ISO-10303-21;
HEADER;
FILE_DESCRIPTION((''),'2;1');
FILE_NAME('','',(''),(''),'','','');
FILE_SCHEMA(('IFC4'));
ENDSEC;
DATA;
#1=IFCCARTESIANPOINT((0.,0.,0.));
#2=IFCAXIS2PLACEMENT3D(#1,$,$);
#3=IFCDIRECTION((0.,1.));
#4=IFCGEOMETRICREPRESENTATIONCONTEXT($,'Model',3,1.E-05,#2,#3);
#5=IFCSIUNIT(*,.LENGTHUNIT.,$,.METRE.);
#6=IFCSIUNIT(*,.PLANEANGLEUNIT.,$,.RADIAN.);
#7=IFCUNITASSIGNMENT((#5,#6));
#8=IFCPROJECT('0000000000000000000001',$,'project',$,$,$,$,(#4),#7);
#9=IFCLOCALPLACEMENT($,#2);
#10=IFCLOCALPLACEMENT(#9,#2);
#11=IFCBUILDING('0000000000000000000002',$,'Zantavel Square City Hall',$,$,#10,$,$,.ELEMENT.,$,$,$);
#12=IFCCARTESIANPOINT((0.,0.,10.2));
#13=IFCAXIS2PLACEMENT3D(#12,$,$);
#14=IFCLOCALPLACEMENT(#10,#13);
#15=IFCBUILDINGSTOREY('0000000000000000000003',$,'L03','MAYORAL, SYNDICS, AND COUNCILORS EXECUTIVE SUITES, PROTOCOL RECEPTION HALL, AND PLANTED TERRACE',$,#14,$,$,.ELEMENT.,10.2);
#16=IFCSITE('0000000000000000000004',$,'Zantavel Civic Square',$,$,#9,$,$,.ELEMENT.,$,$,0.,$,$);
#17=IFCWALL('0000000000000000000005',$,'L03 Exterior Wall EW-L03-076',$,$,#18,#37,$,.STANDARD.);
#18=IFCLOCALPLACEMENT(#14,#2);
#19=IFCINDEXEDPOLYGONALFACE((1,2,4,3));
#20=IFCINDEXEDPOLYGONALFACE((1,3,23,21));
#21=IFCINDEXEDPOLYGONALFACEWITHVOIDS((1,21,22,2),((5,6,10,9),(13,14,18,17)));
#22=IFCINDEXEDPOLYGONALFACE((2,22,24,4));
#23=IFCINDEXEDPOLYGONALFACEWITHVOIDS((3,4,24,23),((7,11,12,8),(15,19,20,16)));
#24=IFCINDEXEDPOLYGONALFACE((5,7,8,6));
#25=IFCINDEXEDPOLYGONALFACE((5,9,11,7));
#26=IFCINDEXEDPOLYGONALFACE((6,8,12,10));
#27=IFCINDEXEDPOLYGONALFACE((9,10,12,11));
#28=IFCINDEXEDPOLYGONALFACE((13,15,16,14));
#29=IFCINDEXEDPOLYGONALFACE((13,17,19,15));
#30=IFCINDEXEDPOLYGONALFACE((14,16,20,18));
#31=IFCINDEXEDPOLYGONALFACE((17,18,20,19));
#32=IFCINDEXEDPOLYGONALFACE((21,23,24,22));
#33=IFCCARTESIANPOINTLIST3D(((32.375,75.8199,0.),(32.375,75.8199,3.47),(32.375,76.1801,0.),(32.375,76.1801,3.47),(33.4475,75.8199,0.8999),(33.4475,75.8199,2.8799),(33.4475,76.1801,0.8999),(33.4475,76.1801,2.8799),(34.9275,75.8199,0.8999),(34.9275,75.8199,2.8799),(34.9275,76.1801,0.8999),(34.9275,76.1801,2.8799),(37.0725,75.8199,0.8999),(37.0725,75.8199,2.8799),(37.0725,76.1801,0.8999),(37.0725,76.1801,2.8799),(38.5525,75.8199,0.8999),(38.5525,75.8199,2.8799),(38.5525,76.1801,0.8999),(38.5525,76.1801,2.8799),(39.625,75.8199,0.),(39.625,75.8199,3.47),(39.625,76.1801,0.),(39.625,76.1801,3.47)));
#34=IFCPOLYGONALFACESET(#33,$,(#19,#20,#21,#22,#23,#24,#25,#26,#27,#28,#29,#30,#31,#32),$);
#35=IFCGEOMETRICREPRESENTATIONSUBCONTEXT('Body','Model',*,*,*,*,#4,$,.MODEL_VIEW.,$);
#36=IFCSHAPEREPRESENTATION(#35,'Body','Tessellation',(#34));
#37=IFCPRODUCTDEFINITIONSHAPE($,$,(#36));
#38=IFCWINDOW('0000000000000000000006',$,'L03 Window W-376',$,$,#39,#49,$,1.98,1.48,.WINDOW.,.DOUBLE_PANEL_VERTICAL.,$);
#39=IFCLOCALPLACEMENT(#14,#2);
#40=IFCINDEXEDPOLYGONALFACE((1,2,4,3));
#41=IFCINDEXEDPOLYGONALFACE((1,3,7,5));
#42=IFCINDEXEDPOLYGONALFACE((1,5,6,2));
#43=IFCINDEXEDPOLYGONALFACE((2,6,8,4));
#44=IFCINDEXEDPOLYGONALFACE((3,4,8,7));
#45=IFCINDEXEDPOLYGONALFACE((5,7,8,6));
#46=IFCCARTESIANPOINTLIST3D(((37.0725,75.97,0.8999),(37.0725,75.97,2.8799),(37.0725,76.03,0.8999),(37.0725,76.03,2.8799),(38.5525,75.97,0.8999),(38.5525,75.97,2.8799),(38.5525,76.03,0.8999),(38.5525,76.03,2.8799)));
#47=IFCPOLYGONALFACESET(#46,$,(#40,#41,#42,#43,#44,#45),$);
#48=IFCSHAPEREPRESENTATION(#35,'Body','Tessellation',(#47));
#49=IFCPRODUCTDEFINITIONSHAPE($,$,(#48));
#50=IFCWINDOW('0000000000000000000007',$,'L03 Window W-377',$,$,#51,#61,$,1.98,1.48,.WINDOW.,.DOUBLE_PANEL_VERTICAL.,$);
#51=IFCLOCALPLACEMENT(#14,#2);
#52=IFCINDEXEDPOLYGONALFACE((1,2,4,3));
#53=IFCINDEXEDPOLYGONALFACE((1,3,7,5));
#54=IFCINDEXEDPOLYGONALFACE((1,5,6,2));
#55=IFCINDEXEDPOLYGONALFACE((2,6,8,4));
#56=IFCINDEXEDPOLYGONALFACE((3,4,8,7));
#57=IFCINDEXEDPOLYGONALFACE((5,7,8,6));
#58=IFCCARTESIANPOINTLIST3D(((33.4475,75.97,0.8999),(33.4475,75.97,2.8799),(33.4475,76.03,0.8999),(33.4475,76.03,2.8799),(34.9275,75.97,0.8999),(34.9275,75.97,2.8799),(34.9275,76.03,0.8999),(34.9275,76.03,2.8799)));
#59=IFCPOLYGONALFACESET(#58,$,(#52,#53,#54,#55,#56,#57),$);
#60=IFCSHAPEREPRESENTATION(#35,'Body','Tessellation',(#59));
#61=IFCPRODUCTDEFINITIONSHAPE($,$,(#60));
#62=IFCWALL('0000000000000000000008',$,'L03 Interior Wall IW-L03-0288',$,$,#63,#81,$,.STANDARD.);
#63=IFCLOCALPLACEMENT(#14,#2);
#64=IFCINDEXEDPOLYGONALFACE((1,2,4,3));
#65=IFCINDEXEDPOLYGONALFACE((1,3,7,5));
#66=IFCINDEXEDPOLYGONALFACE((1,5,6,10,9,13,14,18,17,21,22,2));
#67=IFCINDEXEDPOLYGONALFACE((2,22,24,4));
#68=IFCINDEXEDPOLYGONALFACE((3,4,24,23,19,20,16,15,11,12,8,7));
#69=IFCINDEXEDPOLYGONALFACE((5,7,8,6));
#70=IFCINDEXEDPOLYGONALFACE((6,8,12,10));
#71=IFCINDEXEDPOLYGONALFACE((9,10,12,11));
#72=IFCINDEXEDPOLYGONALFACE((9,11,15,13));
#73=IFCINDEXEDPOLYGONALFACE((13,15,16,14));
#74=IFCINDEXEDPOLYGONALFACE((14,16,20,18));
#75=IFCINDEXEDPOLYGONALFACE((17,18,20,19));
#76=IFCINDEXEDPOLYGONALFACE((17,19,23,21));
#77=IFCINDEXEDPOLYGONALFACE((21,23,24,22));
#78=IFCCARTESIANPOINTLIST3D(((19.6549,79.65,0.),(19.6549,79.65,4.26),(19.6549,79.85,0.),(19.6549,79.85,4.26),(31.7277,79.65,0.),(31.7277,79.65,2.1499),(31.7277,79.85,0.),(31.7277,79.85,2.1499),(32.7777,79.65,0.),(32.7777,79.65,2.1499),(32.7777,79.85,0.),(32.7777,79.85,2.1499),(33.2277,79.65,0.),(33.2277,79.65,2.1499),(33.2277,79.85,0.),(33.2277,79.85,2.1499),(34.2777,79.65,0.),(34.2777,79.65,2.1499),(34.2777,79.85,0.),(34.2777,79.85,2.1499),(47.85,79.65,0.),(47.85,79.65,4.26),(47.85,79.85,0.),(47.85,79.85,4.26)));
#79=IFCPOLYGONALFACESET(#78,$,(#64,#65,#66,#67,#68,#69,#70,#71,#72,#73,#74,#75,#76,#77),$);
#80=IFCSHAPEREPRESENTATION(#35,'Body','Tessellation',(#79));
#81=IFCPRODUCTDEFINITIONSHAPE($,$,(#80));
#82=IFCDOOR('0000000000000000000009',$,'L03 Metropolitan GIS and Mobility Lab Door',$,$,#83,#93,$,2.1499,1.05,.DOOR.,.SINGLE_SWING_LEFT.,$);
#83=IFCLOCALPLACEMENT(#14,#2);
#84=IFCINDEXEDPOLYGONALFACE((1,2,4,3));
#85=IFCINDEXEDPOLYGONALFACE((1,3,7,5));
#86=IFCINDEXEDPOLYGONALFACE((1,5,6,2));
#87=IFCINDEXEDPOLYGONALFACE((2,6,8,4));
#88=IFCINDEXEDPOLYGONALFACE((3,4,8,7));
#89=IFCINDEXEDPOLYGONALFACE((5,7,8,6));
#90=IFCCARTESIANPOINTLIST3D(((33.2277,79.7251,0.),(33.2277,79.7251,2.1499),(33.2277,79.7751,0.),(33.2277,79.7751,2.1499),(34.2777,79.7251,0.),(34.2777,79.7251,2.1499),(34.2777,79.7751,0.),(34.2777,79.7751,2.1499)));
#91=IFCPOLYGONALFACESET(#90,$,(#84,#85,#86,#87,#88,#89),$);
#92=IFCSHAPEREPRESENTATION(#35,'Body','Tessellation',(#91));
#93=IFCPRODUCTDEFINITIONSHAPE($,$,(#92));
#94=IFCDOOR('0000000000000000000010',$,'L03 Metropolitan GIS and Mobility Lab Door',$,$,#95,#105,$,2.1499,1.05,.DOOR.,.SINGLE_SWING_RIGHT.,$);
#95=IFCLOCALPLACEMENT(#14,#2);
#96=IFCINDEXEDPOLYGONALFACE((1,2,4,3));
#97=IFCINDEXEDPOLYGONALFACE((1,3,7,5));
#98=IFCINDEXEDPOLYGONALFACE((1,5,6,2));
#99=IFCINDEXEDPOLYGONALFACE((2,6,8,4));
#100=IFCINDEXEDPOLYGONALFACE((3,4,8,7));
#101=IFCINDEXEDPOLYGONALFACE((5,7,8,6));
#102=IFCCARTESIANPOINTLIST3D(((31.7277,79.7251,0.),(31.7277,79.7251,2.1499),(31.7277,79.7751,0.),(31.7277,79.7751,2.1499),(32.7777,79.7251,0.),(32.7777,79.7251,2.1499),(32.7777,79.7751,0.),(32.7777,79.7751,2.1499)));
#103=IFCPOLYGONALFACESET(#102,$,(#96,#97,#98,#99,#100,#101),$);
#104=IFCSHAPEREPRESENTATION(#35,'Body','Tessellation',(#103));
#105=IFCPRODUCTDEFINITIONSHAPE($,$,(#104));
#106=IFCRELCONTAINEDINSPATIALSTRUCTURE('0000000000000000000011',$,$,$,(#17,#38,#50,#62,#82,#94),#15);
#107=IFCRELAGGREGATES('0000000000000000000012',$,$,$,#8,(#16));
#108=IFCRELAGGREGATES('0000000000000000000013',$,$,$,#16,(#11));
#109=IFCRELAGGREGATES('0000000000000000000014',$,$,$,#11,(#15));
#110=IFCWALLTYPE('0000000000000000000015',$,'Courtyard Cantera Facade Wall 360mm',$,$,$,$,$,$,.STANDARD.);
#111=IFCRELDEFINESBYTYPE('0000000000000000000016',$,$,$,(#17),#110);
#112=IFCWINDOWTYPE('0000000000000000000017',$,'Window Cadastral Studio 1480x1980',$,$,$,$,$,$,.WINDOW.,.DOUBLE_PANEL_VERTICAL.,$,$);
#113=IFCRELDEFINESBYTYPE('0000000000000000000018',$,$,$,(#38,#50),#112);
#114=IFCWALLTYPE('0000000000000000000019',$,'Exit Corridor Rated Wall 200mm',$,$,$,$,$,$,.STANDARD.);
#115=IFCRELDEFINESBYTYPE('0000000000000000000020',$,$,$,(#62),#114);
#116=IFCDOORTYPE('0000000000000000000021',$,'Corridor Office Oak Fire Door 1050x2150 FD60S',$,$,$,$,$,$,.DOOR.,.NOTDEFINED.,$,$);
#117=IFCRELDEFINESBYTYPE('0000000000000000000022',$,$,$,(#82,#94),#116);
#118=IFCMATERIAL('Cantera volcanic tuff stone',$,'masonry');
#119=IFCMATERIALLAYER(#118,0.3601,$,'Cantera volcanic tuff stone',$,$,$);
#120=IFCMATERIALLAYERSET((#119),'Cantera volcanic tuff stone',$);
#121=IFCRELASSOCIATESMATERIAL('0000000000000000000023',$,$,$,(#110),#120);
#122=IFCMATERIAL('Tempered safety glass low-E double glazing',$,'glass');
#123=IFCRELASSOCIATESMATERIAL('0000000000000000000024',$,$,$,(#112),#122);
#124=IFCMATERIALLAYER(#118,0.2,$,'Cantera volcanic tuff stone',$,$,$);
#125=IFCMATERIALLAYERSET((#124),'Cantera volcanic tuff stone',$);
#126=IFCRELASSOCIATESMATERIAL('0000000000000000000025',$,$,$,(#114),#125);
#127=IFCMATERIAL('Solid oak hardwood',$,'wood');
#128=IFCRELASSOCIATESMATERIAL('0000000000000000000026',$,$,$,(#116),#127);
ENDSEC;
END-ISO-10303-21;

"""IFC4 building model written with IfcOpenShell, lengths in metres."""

from ifc_helpers import new_model, si_unit, direction, frame, frame_2d, origin, place, context, subcontext, project, spatial, rectangle, extrude, material, layer, layer_set, type_object, element, fill, save


model = new_model("IFC4")

# Units and contexts
model_context = context("Model", 3, precision=1e-05, world=origin(), true_north=direction((0.0, 1.0)))
body_context = subcontext(model_context, "Body", "Model", "MODEL_VIEW")
ifc_project = project(units=[si_unit("LENGTHUNIT", "METRE"), si_unit("PLANEANGLEUNIT", "RADIAN")], contexts=[model_context])

# Site, building, storey
site_placement = place(None, origin())
site = spatial("IfcSite", under=ifc_project, at=site_placement, Name="Zantavel Civic Square", CompositionType="ELEMENT", RefElevation=0.0)
building_placement = place(site_placement, origin())
building = spatial("IfcBuilding", under=site, at=building_placement, Name="Zantavel Square City Hall", CompositionType="ELEMENT")
storey_placement = place(building_placement, frame((0.0, 0.0, 10.2)))
storey = spatial("IfcBuildingStorey", under=building, at=storey_placement, Name="L03", Description="MAYORAL, SYNDICS, AND COUNCILORS EXECUTIVE SUITES, PROTOCOL RECEPTION HALL, AND PLANTED TERRACE", CompositionType="ELEMENT", Elevation=10.2)

# Wall, openings, windows
ifc_material_1 = material(Name="Cantera volcanic tuff stone", Category="masonry")
ifc_layer_1 = layer(ifc_material_1, 0.3601, Name="Cantera volcanic tuff stone")
ifc_layer_set_1 = layer_set([ifc_layer_1], Name="Cantera volcanic tuff stone")
wall_type_1 = type_object("IfcWallType", Name="Courtyard Cantera Facade Wall 360mm", PredefinedType="STANDARD", material=ifc_layer_set_1)
ifc_material_2 = material(Name="Tempered safety glass low-E double glazing", Category="glass")
window_type = type_object("IfcWindowType", Name="Window Cadastral Studio 1480x1980", PartitioningType="DOUBLE_PANEL_VERTICAL", PredefinedType="WINDOW", material=ifc_material_2)
wall_1_placement = place(storey_placement, frame((39.625, 76.0, 0.0), z_axis=(0.0, 0.0, 1.0), x_axis=(-1.0, 0.0, 0.0)))
wall_1 = element("IfcWall", 1, at=wall_1_placement, inside=storey, type_object=wall_type_1, Name="L03 Exterior Wall EW-L03-076", PredefinedType="STANDARD", context=body_context, shape_type="SweptSolid", body=[
    extrude(rectangle(XDim=7.25, YDim=0.3601, at=frame_2d((3.625, 0.0))), origin(), (0.0, 0.0, 1.0), 3.47),
])
opening_1_placement = place(wall_1_placement, frame((1.0725, 0.0, 0.8999)))
opening_1 = element("IfcOpeningElement", 2, at=opening_1_placement, cuts=wall_1, PredefinedType="OPENING", context=body_context, shape_type="SweptSolid", body=[
    extrude(rectangle(XDim=1.48, YDim=1.98, at=frame_2d((0.74, 0.99))), frame((0.0, 0.1899, 0.0), z_axis=(0.0, -1.0, 0.0), x_axis=(1.0, 0.0, 0.0)), (0.0, 0.0, 1.0), 0.3801),
])
opening_2_placement = place(wall_1_placement, frame((4.6975, 0.0, 0.8999)))
opening_2 = element("IfcOpeningElement", 3, at=opening_2_placement, cuts=wall_1, PredefinedType="OPENING", context=body_context, shape_type="SweptSolid", body=[
    extrude(rectangle(XDim=1.48, YDim=1.98, at=frame_2d((0.74, 0.99))), frame((0.0, 0.1899, 0.0), z_axis=(0.0, -1.0, 0.0), x_axis=(1.0, 0.0, 0.0)), (0.0, 0.0, 1.0), 0.3801),
])
window_1_placement = place(opening_1_placement, origin())
window_1 = element("IfcWindow", 4, at=window_1_placement, inside=storey, type_object=window_type, Name="L03 Window W-376", OverallHeight=1.98, OverallWidth=1.48, PartitioningType="DOUBLE_PANEL_VERTICAL", PredefinedType="WINDOW", context=body_context, shape_type="SweptSolid", body=[
    extrude(rectangle(XDim=1.48, YDim=1.98, at=frame_2d((0.74, 0.99))), frame((0.0, 0.03, 0.0), z_axis=(0.0, -1.0, 0.0), x_axis=(1.0, 0.0, 0.0)), (0.0, 0.0, 1.0), 0.0601),
])
fill(opening_1, window_1)
window_2_placement = place(opening_2_placement, origin())
window_2 = element("IfcWindow", 5, at=window_2_placement, inside=storey, type_object=window_type, Name="L03 Window W-377", OverallHeight=1.98, OverallWidth=1.48, PartitioningType="DOUBLE_PANEL_VERTICAL", PredefinedType="WINDOW", context=body_context, shape_type="SweptSolid", body=[
    extrude(rectangle(XDim=1.48, YDim=1.98, at=frame_2d((0.74, 0.99))), frame((0.0, 0.03, 0.0), z_axis=(0.0, -1.0, 0.0), x_axis=(1.0, 0.0, 0.0)), (0.0, 0.0, 1.0), 0.0601),
])
fill(opening_2, window_2)

# Wall, openings, doors
ifc_layer_2 = layer(ifc_material_1, 0.2, Name="Cantera volcanic tuff stone")
ifc_layer_set_2 = layer_set([ifc_layer_2], Name="Cantera volcanic tuff stone")
wall_type_2 = type_object("IfcWallType", Name="Exit Corridor Rated Wall 200mm", PredefinedType="STANDARD", material=ifc_layer_set_2)
wall_2_placement = place(storey_placement, frame((47.8501, 79.75, 0.0), z_axis=(0.0, 0.0, 1.0), x_axis=(-1.0, 0.0, 0.0)))
wall_2 = element("IfcWall", 6, at=wall_2_placement, inside=storey, type_object=wall_type_2, Name="L03 Interior Wall IW-L03-0288", PredefinedType="STANDARD", context=body_context, shape_type="SweptSolid", body=[
    extrude(rectangle(XDim=28.1951, YDim=0.2, at=frame_2d((14.0977, 0.0))), origin(), (0.0, 0.0, 1.0), 4.26),
])
opening_3_placement = place(wall_2_placement, frame((13.5725, 0.0, 0.0)))
opening_3 = element("IfcOpeningElement", 7, at=opening_3_placement, cuts=wall_2, PredefinedType="OPENING", context=body_context, shape_type="SweptSolid", body=[
    extrude(rectangle(XDim=1.05, YDim=2.1499, at=frame_2d((0.5249, 1.075))), frame((0.0, 0.1099, 0.0), z_axis=(0.0, -1.0, 0.0), x_axis=(1.0, 0.0, 0.0)), (0.0, 0.0, 1.0), 0.22),
])
opening_4_placement = place(wall_2_placement, frame((15.0725, 0.0, 0.0)))
opening_4 = element("IfcOpeningElement", 8, at=opening_4_placement, cuts=wall_2, PredefinedType="OPENING", context=body_context, shape_type="SweptSolid", body=[
    extrude(rectangle(XDim=1.05, YDim=2.1499, at=frame_2d((0.5249, 1.075))), frame((0.0, 0.1099, 0.0), z_axis=(0.0, -1.0, 0.0), x_axis=(1.0, 0.0, 0.0)), (0.0, 0.0, 1.0), 0.22),
])
ifc_material_3 = material(Name="Solid oak hardwood", Category="wood")
door_type = type_object("IfcDoorType", Name="Corridor Office Oak Fire Door 1050x2150 FD60S", OperationType="NOTDEFINED", PredefinedType="DOOR", material=ifc_material_3)
door_1_placement = place(opening_3_placement, origin())
door_1 = element("IfcDoor", 9, at=door_1_placement, inside=storey, type_object=door_type, Name="L03 Metropolitan GIS and Mobility Lab Door", OperationType="SINGLE_SWING_LEFT", OverallHeight=2.1499, OverallWidth=1.05, PredefinedType="DOOR", context=body_context, shape_type="SweptSolid", body=[
    extrude(rectangle(XDim=1.05, YDim=2.1499, at=frame_2d((0.5249, 1.075))), frame((0.0, 0.0249, 0.0), z_axis=(0.0, -1.0, 0.0), x_axis=(1.0, 0.0, 0.0)), (0.0, 0.0, 1.0), 0.05),
])
fill(opening_3, door_1)
door_2_placement = place(opening_4_placement, origin())
door_2 = element("IfcDoor", 10, at=door_2_placement, inside=storey, type_object=door_type, Name="L03 Metropolitan GIS and Mobility Lab Door", OperationType="SINGLE_SWING_RIGHT", OverallHeight=2.1499, OverallWidth=1.05, PredefinedType="DOOR", context=body_context, shape_type="SweptSolid", body=[
    extrude(rectangle(XDim=1.05, YDim=2.1499, at=frame_2d((0.5249, 1.075))), frame((0.0, 0.0249, 0.0), z_axis=(0.0, -1.0, 0.0), x_axis=(1.0, 0.0, 0.0)), (0.0, 0.0, 1.0), 0.05),
])
fill(opening_4, door_2)

save(model, "model.ifc")
